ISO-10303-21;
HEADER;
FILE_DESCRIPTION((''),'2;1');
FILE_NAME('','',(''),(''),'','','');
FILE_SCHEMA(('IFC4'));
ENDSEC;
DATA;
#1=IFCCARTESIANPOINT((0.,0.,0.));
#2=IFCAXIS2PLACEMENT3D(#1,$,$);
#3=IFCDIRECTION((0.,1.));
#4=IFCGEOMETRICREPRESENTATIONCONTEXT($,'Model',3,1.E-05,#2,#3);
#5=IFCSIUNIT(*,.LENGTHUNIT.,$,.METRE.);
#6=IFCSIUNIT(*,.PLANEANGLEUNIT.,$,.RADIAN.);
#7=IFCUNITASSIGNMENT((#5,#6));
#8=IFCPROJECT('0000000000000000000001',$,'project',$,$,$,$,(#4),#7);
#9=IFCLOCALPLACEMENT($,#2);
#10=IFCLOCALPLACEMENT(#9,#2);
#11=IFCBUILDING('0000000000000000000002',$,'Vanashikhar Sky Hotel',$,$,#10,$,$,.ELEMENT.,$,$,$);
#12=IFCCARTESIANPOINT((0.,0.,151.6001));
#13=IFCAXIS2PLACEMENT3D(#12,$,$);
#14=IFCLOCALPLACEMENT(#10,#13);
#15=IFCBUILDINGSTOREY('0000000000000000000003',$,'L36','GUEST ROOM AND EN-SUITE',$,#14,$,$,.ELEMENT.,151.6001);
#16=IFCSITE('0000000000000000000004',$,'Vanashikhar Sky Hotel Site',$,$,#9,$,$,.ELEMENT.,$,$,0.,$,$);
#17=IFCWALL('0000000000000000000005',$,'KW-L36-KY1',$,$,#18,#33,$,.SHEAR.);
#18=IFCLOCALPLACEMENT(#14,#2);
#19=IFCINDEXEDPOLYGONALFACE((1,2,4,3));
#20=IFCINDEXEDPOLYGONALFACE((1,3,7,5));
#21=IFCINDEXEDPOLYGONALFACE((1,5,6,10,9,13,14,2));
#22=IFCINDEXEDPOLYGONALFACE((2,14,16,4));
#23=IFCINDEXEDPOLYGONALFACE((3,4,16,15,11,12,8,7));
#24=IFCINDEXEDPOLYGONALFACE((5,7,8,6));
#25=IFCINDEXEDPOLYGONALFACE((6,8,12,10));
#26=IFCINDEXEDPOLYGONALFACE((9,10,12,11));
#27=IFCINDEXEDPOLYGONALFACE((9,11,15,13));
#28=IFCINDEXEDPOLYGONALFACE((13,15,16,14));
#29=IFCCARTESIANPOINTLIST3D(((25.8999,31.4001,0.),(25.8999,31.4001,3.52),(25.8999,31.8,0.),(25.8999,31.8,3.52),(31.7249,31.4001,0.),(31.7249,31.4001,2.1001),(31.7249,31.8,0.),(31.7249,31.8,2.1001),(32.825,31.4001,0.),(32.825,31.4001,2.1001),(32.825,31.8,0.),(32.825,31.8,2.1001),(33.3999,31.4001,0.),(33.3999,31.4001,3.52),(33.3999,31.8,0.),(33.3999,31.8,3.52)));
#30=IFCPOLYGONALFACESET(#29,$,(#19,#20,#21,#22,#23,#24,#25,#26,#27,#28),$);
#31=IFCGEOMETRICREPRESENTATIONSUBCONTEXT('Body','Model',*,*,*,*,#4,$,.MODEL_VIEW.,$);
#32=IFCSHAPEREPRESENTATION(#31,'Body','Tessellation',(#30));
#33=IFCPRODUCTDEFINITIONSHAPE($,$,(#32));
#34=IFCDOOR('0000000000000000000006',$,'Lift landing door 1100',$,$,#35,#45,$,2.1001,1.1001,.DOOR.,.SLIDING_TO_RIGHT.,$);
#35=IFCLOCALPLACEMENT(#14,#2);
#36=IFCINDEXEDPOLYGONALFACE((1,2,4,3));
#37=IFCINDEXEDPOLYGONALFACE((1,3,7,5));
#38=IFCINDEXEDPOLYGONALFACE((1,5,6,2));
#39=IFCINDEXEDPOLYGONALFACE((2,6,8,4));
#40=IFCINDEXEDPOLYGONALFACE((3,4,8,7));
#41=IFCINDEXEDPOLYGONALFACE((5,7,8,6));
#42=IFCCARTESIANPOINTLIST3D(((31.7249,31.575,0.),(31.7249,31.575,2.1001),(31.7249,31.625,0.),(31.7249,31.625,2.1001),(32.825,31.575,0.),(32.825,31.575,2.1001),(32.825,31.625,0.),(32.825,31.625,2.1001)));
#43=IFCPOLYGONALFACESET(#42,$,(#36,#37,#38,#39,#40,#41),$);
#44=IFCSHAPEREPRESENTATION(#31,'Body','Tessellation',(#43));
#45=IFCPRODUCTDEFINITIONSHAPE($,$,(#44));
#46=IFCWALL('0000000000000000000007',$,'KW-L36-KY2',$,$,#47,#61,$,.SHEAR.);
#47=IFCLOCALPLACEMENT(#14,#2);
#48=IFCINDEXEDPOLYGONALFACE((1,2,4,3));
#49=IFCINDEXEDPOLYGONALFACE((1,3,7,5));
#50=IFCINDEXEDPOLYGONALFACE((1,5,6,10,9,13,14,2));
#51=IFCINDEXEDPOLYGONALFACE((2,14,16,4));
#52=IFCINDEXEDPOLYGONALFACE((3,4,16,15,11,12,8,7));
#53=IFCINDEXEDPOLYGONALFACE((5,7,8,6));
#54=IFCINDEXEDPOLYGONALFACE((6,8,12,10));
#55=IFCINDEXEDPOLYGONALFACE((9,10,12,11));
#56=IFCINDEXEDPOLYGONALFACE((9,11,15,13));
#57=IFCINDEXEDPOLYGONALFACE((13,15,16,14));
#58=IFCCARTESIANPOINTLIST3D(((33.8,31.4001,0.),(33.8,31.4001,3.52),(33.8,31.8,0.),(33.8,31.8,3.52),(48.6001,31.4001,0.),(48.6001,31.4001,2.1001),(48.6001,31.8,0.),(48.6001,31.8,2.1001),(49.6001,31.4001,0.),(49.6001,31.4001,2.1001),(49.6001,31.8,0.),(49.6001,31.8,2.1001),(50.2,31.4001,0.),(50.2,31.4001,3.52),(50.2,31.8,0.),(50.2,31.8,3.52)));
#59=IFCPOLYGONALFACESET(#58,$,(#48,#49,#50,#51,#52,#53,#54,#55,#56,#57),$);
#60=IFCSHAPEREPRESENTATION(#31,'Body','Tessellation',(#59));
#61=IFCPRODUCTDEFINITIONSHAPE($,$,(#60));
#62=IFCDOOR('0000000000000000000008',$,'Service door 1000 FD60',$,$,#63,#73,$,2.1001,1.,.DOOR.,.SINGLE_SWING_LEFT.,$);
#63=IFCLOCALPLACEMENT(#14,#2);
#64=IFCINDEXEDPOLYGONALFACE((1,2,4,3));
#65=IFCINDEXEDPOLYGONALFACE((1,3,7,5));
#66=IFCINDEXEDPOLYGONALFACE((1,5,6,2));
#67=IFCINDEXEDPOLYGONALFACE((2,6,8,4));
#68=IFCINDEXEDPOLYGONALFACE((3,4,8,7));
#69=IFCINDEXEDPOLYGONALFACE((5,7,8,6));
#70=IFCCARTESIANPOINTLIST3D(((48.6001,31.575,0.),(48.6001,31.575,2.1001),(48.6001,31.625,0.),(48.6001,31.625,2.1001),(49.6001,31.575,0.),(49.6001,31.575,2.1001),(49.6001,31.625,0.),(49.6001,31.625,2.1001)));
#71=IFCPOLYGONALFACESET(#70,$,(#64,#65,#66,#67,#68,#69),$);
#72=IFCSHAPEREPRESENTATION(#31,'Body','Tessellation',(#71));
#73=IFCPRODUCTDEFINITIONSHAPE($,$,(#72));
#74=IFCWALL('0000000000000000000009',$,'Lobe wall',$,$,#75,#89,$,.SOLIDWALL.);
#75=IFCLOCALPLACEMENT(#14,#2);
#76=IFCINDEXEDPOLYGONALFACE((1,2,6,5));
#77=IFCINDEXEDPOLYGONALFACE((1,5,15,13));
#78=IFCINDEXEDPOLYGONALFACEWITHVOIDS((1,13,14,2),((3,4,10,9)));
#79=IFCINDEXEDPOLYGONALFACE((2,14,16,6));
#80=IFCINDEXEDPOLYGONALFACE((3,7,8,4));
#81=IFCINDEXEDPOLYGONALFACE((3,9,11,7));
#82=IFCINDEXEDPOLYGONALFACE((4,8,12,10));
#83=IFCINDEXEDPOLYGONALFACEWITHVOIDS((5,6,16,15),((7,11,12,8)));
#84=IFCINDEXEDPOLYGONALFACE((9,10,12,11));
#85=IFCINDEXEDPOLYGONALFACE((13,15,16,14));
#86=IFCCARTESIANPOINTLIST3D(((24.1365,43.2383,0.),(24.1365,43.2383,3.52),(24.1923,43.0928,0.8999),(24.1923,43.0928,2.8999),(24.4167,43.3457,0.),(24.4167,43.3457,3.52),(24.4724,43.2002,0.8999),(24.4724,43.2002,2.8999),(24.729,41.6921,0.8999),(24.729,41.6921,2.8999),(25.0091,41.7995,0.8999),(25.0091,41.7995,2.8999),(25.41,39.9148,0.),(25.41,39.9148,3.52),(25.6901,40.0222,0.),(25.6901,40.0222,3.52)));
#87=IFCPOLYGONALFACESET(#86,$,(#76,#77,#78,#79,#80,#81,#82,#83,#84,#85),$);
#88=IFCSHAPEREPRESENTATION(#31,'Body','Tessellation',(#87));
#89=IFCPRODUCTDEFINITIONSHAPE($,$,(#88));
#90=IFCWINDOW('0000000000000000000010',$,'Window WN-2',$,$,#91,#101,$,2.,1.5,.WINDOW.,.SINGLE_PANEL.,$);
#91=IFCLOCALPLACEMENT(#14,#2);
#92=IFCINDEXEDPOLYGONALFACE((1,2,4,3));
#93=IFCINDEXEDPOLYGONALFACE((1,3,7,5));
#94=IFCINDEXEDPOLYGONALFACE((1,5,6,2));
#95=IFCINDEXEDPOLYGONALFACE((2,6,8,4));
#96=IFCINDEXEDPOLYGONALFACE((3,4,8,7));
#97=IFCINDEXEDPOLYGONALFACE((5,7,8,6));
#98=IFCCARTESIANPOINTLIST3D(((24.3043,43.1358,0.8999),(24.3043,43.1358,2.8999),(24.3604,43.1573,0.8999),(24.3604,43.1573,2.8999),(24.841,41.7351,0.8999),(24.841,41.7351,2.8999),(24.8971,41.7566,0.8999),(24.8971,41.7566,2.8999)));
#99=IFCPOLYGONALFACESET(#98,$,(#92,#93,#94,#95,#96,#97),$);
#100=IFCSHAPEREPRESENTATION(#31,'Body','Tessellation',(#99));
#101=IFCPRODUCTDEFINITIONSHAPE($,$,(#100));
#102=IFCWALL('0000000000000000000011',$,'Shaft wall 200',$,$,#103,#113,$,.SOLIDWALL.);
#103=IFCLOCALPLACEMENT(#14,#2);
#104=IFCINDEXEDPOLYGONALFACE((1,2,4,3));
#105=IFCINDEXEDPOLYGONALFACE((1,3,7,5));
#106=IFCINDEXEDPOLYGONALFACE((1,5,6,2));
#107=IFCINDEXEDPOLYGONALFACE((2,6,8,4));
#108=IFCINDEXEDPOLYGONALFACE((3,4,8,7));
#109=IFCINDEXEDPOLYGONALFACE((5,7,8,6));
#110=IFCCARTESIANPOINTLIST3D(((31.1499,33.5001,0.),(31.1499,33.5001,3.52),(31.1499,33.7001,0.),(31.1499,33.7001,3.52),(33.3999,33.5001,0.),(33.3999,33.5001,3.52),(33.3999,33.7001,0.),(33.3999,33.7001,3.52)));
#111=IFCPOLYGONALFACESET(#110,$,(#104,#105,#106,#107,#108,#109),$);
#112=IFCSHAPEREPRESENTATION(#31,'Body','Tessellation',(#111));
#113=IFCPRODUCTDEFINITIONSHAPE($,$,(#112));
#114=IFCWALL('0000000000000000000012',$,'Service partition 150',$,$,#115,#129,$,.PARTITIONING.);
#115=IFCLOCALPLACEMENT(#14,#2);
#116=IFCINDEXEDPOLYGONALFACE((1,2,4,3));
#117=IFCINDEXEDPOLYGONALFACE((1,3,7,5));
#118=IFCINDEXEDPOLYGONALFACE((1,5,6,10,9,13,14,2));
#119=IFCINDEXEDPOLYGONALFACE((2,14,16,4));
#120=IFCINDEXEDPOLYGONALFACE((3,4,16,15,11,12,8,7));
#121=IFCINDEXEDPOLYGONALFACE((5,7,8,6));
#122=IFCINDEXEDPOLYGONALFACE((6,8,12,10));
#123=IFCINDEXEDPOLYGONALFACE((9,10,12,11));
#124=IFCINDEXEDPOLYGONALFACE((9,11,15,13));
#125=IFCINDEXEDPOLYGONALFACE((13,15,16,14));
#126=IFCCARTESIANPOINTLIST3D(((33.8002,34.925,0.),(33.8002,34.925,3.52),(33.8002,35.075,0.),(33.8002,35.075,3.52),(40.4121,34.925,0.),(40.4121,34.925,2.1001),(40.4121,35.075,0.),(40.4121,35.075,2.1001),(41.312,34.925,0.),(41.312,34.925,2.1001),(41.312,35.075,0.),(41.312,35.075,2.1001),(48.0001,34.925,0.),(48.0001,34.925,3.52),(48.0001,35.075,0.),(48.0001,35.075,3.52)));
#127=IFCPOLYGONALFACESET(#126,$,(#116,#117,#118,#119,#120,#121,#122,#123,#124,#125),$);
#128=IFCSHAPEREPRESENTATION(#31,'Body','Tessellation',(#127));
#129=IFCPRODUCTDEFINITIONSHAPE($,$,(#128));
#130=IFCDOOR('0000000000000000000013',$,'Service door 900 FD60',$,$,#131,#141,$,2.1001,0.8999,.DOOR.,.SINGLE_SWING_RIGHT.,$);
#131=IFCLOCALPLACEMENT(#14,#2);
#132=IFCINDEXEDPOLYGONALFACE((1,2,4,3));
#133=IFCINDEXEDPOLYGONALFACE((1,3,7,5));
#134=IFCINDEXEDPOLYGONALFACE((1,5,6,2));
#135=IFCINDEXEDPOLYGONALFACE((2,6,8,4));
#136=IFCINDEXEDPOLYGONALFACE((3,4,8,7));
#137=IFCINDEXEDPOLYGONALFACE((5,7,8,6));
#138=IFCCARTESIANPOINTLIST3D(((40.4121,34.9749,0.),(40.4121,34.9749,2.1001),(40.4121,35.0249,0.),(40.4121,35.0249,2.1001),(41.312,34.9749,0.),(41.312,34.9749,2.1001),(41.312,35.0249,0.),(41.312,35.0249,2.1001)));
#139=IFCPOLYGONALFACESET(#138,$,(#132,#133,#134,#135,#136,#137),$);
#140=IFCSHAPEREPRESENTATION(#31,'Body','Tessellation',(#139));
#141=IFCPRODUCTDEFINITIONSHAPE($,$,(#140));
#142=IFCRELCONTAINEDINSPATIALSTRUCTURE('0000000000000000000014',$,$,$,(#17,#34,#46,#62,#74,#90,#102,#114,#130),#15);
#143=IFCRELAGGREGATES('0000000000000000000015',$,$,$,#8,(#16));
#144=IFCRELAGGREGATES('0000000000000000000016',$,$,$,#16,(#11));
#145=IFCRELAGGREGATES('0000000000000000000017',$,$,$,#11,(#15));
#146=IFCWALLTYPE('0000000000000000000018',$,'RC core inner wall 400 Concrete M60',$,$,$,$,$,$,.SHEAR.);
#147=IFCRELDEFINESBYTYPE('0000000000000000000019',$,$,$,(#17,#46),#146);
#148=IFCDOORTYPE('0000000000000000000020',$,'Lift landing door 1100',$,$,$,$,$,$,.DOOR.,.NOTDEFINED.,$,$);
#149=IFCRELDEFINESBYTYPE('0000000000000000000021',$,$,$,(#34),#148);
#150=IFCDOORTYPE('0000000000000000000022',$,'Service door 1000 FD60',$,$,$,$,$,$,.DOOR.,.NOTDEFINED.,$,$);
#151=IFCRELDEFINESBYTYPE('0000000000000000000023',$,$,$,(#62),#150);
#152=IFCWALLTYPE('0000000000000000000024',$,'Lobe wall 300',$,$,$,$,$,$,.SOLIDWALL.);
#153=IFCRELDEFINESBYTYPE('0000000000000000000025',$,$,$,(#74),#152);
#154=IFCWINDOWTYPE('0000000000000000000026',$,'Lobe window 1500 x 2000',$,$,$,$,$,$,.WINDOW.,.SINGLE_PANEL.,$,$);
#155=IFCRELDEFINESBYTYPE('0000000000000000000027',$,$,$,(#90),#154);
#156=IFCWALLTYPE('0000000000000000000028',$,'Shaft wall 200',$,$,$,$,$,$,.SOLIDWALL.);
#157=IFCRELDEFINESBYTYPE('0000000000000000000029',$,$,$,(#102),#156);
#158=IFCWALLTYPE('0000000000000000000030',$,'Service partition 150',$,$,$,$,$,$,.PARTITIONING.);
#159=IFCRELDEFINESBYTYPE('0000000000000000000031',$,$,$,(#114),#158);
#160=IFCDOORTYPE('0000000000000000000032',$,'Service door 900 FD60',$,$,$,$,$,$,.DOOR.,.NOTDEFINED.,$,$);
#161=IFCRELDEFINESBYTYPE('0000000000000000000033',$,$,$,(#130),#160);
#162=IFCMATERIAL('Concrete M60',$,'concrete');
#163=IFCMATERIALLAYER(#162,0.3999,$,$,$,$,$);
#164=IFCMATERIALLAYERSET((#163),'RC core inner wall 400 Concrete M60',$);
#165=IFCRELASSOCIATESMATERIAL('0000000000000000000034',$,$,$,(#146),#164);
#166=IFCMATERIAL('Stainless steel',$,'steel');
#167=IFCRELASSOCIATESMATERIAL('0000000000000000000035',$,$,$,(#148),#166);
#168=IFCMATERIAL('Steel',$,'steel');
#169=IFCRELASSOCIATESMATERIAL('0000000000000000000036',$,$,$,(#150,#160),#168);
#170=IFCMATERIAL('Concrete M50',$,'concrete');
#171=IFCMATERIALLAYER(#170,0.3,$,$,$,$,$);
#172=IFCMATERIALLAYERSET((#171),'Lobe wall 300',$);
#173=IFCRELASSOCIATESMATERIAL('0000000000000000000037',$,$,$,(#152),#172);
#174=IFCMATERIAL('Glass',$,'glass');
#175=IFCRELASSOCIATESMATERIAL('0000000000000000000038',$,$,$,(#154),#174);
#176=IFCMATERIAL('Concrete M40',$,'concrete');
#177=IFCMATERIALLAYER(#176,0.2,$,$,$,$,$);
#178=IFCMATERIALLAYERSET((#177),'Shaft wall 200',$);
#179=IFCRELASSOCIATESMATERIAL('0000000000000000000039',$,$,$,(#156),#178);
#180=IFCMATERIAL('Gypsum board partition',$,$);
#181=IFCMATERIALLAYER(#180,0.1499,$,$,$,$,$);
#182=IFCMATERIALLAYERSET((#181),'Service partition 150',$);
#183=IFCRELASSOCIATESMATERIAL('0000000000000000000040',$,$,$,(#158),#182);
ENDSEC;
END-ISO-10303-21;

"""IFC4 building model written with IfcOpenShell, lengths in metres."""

from ifc_helpers import new_model, si_unit, direction, frame, frame_2d, origin, place, context, subcontext, project, spatial, rectangle, extrude, source, transform, mapped, material, layer, layer_set, type_object, element, fill, save


model = new_model("IFC4")

# Units and contexts
model_context = context("Model", 3, precision=1e-05, world=origin(), true_north=direction((0.0, 1.0)))
body_context = subcontext(model_context, "Body", "Model", "MODEL_VIEW")
ifc_project = project(units=[si_unit("LENGTHUNIT", "METRE"), si_unit("PLANEANGLEUNIT", "RADIAN")], contexts=[model_context])

# Site, building, storey
site_placement = place(None, origin())
site = spatial("IfcSite", under=ifc_project, at=site_placement, Name="Vanashikhar Sky Hotel Site", CompositionType="ELEMENT", RefElevation=0.0)
building_placement = place(site_placement, origin())
building = spatial("IfcBuilding", under=site, at=building_placement, Name="Vanashikhar Sky Hotel", CompositionType="ELEMENT")
storey_placement = place(building_placement, frame((0.0, 0.0, 151.6001)))
storey = spatial("IfcBuildingStorey", under=building, at=storey_placement, Name="L36", Description="GUEST ROOM AND EN-SUITE", CompositionType="ELEMENT", Elevation=151.6001)

# Walls, openings, doors
ifc_material_1 = material(Name="Concrete M60", Category="concrete")
ifc_layer_1 = layer(ifc_material_1, 0.3999)
ifc_layer_set_1 = layer_set([ifc_layer_1], Name="RC core inner wall 400 Concrete M60")
wall_type_1 = type_object("IfcWallType", Name="RC core inner wall 400 Concrete M60", PredefinedType="SHEAR", material=ifc_layer_set_1)
shared_shape_1 = source(origin(), body_context, "Body", "SweptSolid", [
    extrude(rectangle(XDim=7.5, YDim=0.3999, at=frame_2d((3.75, 0.0))), origin(), (0.0, 0.0, 1.0), 3.52),
])
wall_1_placement = place(storey_placement, frame((25.8999, 31.6001, 0.0), z_axis=(0.0, 0.0, 1.0), x_axis=(1.0, 0.0, 0.0)))
wall_1 = element("IfcWall", 1, at=wall_1_placement, inside=storey, type_object=wall_type_1, Name="KW-L36-KY1", PredefinedType="SHEAR", context=body_context, shape_type="MappedRepresentation", body=[
    mapped(shared_shape_1, transform((0.0, 0.0, 0.0), scale=1.0)),
])
shared_shape_2 = source(origin(), body_context, "Body", "SweptSolid", [
    extrude(rectangle(XDim=1.1001, YDim=2.1001, at=frame_2d((0.55, 1.05))), frame((0.0, 0.21, 0.0), z_axis=(0.0, -1.0, 0.0), x_axis=(1.0, 0.0, 0.0)), (0.0, 0.0, 1.0), 0.4199),
])
opening_1_placement = place(wall_1_placement, frame((5.825, 0.0, 0.0)))
opening_1 = element("IfcOpeningElement", 2, at=opening_1_placement, cuts=wall_1, PredefinedType="OPENING", context=body_context, shape_type="MappedRepresentation", body=[
    mapped(shared_shape_2, transform((0.0, 0.0, 0.0), scale=1.0)),
])
ifc_material_2 = material(Name="Stainless steel", Category="steel")
door_type_1 = type_object("IfcDoorType", Name="Lift landing door 1100", OperationType="NOTDEFINED", PredefinedType="DOOR", material=ifc_material_2)
shared_shape_3 = source(origin(), body_context, "Body", "SweptSolid", [
    extrude(rectangle(XDim=1.1001, YDim=2.1001, at=frame_2d((0.55, 1.05))), frame((0.0, 0.0249, 0.0), z_axis=(0.0, -1.0, 0.0), x_axis=(1.0, 0.0, 0.0)), (0.0, 0.0, 1.0), 0.05),
])
door_1_placement = place(opening_1_placement, origin())
door_1 = element("IfcDoor", 3, at=door_1_placement, inside=storey, type_object=door_type_1, Name="Lift landing door 1100", OperationType="SLIDING_TO_RIGHT", OverallHeight=2.1001, OverallWidth=1.1001, PredefinedType="DOOR", context=body_context, shape_type="MappedRepresentation", body=[
    mapped(shared_shape_3, transform((0.0, 0.0, 0.0), scale=1.0)),
])
fill(opening_1, door_1)
shared_shape_4 = source(origin(), body_context, "Body", "SweptSolid", [
    extrude(rectangle(XDim=16.3999, YDim=0.3999, at=frame_2d((8.2, 0.0))), origin(), (0.0, 0.0, 1.0), 3.52),
])
wall_2_placement = place(storey_placement, frame((33.8, 31.6001, 0.0), z_axis=(0.0, 0.0, 1.0), x_axis=(1.0, 0.0, 0.0)))
wall_2 = element("IfcWall", 4, at=wall_2_placement, inside=storey, type_object=wall_type_1, Name="KW-L36-KY2", PredefinedType="SHEAR", context=body_context, shape_type="MappedRepresentation", body=[
    mapped(shared_shape_4, transform((0.0, 0.0, 0.0), scale=1.0)),
])
shared_shape_5 = source(origin(), body_context, "Body", "SweptSolid", [
    extrude(rectangle(XDim=1.0, YDim=2.1001, at=frame_2d((0.5, 1.05))), frame((0.0, 0.21, 0.0), z_axis=(0.0, -1.0, 0.0), x_axis=(1.0, 0.0, 0.0)), (0.0, 0.0, 1.0), 0.4199),
])
opening_2_placement = place(wall_2_placement, frame((14.8, 0.0, 0.0)))
opening_2 = element("IfcOpeningElement", 5, at=opening_2_placement, cuts=wall_2, PredefinedType="OPENING", context=body_context, shape_type="MappedRepresentation", body=[
    mapped(shared_shape_5, transform((0.0, 0.0, 0.0), scale=1.0)),
])
ifc_material_3 = material(Name="Steel", Category="steel")
door_type_2 = type_object("IfcDoorType", Name="Service door 1000 FD60", OperationType="NOTDEFINED", PredefinedType="DOOR", material=ifc_material_3)
shared_shape_6 = source(origin(), body_context, "Body", "SweptSolid", [
    extrude(rectangle(XDim=1.0, YDim=2.1001, at=frame_2d((0.5, 1.05))), frame((0.0, 0.0249, 0.0), z_axis=(0.0, -1.0, 0.0), x_axis=(1.0, 0.0, 0.0)), (0.0, 0.0, 1.0), 0.05),
])
door_2_placement = place(opening_2_placement, origin())
door_2 = element("IfcDoor", 6, at=door_2_placement, inside=storey, type_object=door_type_2, Name="Service door 1000 FD60", OperationType="SINGLE_SWING_LEFT", OverallHeight=2.1001, OverallWidth=1.0, PredefinedType="DOOR", context=body_context, shape_type="MappedRepresentation", body=[
    mapped(shared_shape_6, transform((0.0, 0.0, 0.0), scale=1.0)),
])
fill(opening_2, door_2)

# Wall, opening, window
ifc_material_4 = material(Name="Concrete M50", Category="concrete")
ifc_layer_2 = layer(ifc_material_4, 0.3)
ifc_layer_set_2 = layer_set([ifc_layer_2], Name="Lobe wall 300")
wall_type_2 = type_object("IfcWallType", Name="Lobe wall 300", PredefinedType="SOLIDWALL", material=ifc_layer_set_2)
shared_shape_7 = source(origin(), body_context, "Body", "SweptSolid", [
    extrude(rectangle(XDim=3.5591, YDim=0.3, at=frame_2d((1.7795, 0.0))), origin(), (0.0, 0.0, 1.0), 3.52),
])
wall_3_placement = place(storey_placement, frame((25.55, 39.9685, 0.0), z_axis=(0.0, 0.0, 1.0), x_axis=(-0.357797, 0.933799, 0.0)))
wall_3 = element("IfcWall", 7, at=wall_3_placement, inside=storey, type_object=wall_type_2, Name="Lobe wall", PredefinedType="SOLIDWALL", context=body_context, shape_type="MappedRepresentation", body=[
    mapped(shared_shape_7, transform((0.0, 0.0, 0.0), scale=1.0)),
])
shared_shape_8 = source(origin(), body_context, "Body", "SweptSolid", [
    extrude(rectangle(XDim=1.5, YDim=2.0, at=frame_2d((0.75, 1.0))), frame((0.0, 0.1602, 0.0), z_axis=(0.0, -1.0, 0.0), x_axis=(1.0, 0.0, 0.0)), (0.0, 0.0, 1.0), 0.3201),
])
opening_3_placement = place(wall_3_placement, frame((1.9033, 0.0, 0.8999)))
opening_3 = element("IfcOpeningElement", 8, at=opening_3_placement, cuts=wall_3, PredefinedType="OPENING", context=body_context, shape_type="MappedRepresentation", body=[
    mapped(shared_shape_8, transform((0.0, 0.0, 0.0), scale=1.0)),
])
ifc_material_5 = material(Name="Glass", Category="glass")
window_type = type_object("IfcWindowType", Name="Lobe window 1500 x 2000", PartitioningType="SINGLE_PANEL", PredefinedType="WINDOW", material=ifc_material_5)
shared_shape_9 = source(origin(), body_context, "Body", "SweptSolid", [
    extrude(rectangle(XDim=1.5, YDim=2.0, at=frame_2d((0.75, 1.0))), frame((0.0, 0.03, 0.0), z_axis=(0.0, -1.0, 0.0), x_axis=(1.0, 0.0, 0.0)), (0.0, 0.0, 1.0), 0.0601),
])
window_placement = place(opening_3_placement, origin())
window = element("IfcWindow", 9, at=window_placement, inside=storey, type_object=window_type, Name="Window WN-2", OverallHeight=2.0, OverallWidth=1.5, PartitioningType="SINGLE_PANEL", PredefinedType="WINDOW", context=body_context, shape_type="MappedRepresentation", body=[
    mapped(shared_shape_9, transform((0.0, 0.0, 0.0), scale=1.0)),
])
fill(opening_3, window)

# Wall
ifc_material_6 = material(Name="Concrete M40", Category="concrete")
ifc_layer_3 = layer(ifc_material_6, 0.2)
ifc_layer_set_3 = layer_set([ifc_layer_3], Name="Shaft wall 200")
wall_type_3 = type_object("IfcWallType", Name="Shaft wall 200", PredefinedType="SOLIDWALL", material=ifc_layer_set_3)
shared_shape_10 = source(origin(), body_context, "Body", "SweptSolid", [
    extrude(rectangle(XDim=2.25, YDim=0.2, at=frame_2d((1.125, 0.0))), origin(), (0.0, 0.0, 1.0), 3.52),
])
wall_4_placement = place(storey_placement, frame((31.1499, 33.6001, 0.0), z_axis=(0.0, 0.0, 1.0), x_axis=(1.0, 0.0, 0.0)))
element("IfcWall", 10, at=wall_4_placement, inside=storey, type_object=wall_type_3, Name="Shaft wall 200", PredefinedType="SOLIDWALL", context=body_context, shape_type="MappedRepresentation", body=[
    mapped(shared_shape_10, transform((0.0, 0.0, 0.0), scale=1.0)),
])

# Wall, opening, door
ifc_material_7 = material(Name="Gypsum board partition")
ifc_layer_4 = layer(ifc_material_7, 0.1499)
ifc_layer_set_4 = layer_set([ifc_layer_4], Name="Service partition 150")
wall_type_4 = type_object("IfcWallType", Name="Service partition 150", PredefinedType="PARTITIONING", material=ifc_layer_set_4)
shared_shape_11 = source(origin(), body_context, "Body", "SweptSolid", [
    extrude(rectangle(XDim=14.2, YDim=0.1499, at=frame_2d((7.1001, 0.0))), origin(), (0.0, 0.0, 1.0), 3.52),
])
wall_5_placement = place(storey_placement, frame((33.8, 35.0, 0.0), z_axis=(0.0, 0.0, 1.0), x_axis=(1.0, 0.0, 0.0)))
wall_5 = element("IfcWall", 11, at=wall_5_placement, inside=storey, type_object=wall_type_4, Name="Service partition 150", PredefinedType="PARTITIONING", context=body_context, shape_type="MappedRepresentation", body=[
    mapped(shared_shape_11, transform((0.0, 0.0, 0.0), scale=1.0)),
])
shared_shape_12 = source(origin(), body_context, "Body", "SweptSolid", [
    extrude(rectangle(XDim=0.8999, YDim=2.1001, at=frame_2d((0.45, 1.05))), frame((0.0, 0.085, 0.0), z_axis=(0.0, -1.0, 0.0), x_axis=(1.0, 0.0, 0.0)), (0.0, 0.0, 1.0), 0.1699),
])
opening_4_placement = place(wall_5_placement, frame((6.6121, 0.0, 0.0)))
opening_4 = element("IfcOpeningElement", 12, at=opening_4_placement, cuts=wall_5, PredefinedType="OPENING", context=body_context, shape_type="MappedRepresentation", body=[
    mapped(shared_shape_12, transform((0.0, 0.0, 0.0), scale=1.0)),
])
door_type_3 = type_object("IfcDoorType", Name="Service door 900 FD60", OperationType="NOTDEFINED", PredefinedType="DOOR", material=ifc_material_3)
shared_shape_13 = source(origin(), body_context, "Body", "SweptSolid", [
    extrude(rectangle(XDim=0.8999, YDim=2.1001, at=frame_2d((0.45, 1.05))), frame((0.0, 0.0249, 0.0), z_axis=(0.0, -1.0, 0.0), x_axis=(1.0, 0.0, 0.0)), (0.0, 0.0, 1.0), 0.05),
])
door_3_placement = place(opening_4_placement, origin())
door_3 = element("IfcDoor", 13, at=door_3_placement, inside=storey, type_object=door_type_3, Name="Service door 900 FD60", OperationType="SINGLE_SWING_RIGHT", OverallHeight=2.1001, OverallWidth=0.8999, PredefinedType="DOOR", context=body_context, shape_type="MappedRepresentation", body=[
    mapped(shared_shape_13, transform((0.0, 0.0, 0.0), scale=1.0)),
])
fill(opening_4, door_3)

save(model, "model.ifc")
